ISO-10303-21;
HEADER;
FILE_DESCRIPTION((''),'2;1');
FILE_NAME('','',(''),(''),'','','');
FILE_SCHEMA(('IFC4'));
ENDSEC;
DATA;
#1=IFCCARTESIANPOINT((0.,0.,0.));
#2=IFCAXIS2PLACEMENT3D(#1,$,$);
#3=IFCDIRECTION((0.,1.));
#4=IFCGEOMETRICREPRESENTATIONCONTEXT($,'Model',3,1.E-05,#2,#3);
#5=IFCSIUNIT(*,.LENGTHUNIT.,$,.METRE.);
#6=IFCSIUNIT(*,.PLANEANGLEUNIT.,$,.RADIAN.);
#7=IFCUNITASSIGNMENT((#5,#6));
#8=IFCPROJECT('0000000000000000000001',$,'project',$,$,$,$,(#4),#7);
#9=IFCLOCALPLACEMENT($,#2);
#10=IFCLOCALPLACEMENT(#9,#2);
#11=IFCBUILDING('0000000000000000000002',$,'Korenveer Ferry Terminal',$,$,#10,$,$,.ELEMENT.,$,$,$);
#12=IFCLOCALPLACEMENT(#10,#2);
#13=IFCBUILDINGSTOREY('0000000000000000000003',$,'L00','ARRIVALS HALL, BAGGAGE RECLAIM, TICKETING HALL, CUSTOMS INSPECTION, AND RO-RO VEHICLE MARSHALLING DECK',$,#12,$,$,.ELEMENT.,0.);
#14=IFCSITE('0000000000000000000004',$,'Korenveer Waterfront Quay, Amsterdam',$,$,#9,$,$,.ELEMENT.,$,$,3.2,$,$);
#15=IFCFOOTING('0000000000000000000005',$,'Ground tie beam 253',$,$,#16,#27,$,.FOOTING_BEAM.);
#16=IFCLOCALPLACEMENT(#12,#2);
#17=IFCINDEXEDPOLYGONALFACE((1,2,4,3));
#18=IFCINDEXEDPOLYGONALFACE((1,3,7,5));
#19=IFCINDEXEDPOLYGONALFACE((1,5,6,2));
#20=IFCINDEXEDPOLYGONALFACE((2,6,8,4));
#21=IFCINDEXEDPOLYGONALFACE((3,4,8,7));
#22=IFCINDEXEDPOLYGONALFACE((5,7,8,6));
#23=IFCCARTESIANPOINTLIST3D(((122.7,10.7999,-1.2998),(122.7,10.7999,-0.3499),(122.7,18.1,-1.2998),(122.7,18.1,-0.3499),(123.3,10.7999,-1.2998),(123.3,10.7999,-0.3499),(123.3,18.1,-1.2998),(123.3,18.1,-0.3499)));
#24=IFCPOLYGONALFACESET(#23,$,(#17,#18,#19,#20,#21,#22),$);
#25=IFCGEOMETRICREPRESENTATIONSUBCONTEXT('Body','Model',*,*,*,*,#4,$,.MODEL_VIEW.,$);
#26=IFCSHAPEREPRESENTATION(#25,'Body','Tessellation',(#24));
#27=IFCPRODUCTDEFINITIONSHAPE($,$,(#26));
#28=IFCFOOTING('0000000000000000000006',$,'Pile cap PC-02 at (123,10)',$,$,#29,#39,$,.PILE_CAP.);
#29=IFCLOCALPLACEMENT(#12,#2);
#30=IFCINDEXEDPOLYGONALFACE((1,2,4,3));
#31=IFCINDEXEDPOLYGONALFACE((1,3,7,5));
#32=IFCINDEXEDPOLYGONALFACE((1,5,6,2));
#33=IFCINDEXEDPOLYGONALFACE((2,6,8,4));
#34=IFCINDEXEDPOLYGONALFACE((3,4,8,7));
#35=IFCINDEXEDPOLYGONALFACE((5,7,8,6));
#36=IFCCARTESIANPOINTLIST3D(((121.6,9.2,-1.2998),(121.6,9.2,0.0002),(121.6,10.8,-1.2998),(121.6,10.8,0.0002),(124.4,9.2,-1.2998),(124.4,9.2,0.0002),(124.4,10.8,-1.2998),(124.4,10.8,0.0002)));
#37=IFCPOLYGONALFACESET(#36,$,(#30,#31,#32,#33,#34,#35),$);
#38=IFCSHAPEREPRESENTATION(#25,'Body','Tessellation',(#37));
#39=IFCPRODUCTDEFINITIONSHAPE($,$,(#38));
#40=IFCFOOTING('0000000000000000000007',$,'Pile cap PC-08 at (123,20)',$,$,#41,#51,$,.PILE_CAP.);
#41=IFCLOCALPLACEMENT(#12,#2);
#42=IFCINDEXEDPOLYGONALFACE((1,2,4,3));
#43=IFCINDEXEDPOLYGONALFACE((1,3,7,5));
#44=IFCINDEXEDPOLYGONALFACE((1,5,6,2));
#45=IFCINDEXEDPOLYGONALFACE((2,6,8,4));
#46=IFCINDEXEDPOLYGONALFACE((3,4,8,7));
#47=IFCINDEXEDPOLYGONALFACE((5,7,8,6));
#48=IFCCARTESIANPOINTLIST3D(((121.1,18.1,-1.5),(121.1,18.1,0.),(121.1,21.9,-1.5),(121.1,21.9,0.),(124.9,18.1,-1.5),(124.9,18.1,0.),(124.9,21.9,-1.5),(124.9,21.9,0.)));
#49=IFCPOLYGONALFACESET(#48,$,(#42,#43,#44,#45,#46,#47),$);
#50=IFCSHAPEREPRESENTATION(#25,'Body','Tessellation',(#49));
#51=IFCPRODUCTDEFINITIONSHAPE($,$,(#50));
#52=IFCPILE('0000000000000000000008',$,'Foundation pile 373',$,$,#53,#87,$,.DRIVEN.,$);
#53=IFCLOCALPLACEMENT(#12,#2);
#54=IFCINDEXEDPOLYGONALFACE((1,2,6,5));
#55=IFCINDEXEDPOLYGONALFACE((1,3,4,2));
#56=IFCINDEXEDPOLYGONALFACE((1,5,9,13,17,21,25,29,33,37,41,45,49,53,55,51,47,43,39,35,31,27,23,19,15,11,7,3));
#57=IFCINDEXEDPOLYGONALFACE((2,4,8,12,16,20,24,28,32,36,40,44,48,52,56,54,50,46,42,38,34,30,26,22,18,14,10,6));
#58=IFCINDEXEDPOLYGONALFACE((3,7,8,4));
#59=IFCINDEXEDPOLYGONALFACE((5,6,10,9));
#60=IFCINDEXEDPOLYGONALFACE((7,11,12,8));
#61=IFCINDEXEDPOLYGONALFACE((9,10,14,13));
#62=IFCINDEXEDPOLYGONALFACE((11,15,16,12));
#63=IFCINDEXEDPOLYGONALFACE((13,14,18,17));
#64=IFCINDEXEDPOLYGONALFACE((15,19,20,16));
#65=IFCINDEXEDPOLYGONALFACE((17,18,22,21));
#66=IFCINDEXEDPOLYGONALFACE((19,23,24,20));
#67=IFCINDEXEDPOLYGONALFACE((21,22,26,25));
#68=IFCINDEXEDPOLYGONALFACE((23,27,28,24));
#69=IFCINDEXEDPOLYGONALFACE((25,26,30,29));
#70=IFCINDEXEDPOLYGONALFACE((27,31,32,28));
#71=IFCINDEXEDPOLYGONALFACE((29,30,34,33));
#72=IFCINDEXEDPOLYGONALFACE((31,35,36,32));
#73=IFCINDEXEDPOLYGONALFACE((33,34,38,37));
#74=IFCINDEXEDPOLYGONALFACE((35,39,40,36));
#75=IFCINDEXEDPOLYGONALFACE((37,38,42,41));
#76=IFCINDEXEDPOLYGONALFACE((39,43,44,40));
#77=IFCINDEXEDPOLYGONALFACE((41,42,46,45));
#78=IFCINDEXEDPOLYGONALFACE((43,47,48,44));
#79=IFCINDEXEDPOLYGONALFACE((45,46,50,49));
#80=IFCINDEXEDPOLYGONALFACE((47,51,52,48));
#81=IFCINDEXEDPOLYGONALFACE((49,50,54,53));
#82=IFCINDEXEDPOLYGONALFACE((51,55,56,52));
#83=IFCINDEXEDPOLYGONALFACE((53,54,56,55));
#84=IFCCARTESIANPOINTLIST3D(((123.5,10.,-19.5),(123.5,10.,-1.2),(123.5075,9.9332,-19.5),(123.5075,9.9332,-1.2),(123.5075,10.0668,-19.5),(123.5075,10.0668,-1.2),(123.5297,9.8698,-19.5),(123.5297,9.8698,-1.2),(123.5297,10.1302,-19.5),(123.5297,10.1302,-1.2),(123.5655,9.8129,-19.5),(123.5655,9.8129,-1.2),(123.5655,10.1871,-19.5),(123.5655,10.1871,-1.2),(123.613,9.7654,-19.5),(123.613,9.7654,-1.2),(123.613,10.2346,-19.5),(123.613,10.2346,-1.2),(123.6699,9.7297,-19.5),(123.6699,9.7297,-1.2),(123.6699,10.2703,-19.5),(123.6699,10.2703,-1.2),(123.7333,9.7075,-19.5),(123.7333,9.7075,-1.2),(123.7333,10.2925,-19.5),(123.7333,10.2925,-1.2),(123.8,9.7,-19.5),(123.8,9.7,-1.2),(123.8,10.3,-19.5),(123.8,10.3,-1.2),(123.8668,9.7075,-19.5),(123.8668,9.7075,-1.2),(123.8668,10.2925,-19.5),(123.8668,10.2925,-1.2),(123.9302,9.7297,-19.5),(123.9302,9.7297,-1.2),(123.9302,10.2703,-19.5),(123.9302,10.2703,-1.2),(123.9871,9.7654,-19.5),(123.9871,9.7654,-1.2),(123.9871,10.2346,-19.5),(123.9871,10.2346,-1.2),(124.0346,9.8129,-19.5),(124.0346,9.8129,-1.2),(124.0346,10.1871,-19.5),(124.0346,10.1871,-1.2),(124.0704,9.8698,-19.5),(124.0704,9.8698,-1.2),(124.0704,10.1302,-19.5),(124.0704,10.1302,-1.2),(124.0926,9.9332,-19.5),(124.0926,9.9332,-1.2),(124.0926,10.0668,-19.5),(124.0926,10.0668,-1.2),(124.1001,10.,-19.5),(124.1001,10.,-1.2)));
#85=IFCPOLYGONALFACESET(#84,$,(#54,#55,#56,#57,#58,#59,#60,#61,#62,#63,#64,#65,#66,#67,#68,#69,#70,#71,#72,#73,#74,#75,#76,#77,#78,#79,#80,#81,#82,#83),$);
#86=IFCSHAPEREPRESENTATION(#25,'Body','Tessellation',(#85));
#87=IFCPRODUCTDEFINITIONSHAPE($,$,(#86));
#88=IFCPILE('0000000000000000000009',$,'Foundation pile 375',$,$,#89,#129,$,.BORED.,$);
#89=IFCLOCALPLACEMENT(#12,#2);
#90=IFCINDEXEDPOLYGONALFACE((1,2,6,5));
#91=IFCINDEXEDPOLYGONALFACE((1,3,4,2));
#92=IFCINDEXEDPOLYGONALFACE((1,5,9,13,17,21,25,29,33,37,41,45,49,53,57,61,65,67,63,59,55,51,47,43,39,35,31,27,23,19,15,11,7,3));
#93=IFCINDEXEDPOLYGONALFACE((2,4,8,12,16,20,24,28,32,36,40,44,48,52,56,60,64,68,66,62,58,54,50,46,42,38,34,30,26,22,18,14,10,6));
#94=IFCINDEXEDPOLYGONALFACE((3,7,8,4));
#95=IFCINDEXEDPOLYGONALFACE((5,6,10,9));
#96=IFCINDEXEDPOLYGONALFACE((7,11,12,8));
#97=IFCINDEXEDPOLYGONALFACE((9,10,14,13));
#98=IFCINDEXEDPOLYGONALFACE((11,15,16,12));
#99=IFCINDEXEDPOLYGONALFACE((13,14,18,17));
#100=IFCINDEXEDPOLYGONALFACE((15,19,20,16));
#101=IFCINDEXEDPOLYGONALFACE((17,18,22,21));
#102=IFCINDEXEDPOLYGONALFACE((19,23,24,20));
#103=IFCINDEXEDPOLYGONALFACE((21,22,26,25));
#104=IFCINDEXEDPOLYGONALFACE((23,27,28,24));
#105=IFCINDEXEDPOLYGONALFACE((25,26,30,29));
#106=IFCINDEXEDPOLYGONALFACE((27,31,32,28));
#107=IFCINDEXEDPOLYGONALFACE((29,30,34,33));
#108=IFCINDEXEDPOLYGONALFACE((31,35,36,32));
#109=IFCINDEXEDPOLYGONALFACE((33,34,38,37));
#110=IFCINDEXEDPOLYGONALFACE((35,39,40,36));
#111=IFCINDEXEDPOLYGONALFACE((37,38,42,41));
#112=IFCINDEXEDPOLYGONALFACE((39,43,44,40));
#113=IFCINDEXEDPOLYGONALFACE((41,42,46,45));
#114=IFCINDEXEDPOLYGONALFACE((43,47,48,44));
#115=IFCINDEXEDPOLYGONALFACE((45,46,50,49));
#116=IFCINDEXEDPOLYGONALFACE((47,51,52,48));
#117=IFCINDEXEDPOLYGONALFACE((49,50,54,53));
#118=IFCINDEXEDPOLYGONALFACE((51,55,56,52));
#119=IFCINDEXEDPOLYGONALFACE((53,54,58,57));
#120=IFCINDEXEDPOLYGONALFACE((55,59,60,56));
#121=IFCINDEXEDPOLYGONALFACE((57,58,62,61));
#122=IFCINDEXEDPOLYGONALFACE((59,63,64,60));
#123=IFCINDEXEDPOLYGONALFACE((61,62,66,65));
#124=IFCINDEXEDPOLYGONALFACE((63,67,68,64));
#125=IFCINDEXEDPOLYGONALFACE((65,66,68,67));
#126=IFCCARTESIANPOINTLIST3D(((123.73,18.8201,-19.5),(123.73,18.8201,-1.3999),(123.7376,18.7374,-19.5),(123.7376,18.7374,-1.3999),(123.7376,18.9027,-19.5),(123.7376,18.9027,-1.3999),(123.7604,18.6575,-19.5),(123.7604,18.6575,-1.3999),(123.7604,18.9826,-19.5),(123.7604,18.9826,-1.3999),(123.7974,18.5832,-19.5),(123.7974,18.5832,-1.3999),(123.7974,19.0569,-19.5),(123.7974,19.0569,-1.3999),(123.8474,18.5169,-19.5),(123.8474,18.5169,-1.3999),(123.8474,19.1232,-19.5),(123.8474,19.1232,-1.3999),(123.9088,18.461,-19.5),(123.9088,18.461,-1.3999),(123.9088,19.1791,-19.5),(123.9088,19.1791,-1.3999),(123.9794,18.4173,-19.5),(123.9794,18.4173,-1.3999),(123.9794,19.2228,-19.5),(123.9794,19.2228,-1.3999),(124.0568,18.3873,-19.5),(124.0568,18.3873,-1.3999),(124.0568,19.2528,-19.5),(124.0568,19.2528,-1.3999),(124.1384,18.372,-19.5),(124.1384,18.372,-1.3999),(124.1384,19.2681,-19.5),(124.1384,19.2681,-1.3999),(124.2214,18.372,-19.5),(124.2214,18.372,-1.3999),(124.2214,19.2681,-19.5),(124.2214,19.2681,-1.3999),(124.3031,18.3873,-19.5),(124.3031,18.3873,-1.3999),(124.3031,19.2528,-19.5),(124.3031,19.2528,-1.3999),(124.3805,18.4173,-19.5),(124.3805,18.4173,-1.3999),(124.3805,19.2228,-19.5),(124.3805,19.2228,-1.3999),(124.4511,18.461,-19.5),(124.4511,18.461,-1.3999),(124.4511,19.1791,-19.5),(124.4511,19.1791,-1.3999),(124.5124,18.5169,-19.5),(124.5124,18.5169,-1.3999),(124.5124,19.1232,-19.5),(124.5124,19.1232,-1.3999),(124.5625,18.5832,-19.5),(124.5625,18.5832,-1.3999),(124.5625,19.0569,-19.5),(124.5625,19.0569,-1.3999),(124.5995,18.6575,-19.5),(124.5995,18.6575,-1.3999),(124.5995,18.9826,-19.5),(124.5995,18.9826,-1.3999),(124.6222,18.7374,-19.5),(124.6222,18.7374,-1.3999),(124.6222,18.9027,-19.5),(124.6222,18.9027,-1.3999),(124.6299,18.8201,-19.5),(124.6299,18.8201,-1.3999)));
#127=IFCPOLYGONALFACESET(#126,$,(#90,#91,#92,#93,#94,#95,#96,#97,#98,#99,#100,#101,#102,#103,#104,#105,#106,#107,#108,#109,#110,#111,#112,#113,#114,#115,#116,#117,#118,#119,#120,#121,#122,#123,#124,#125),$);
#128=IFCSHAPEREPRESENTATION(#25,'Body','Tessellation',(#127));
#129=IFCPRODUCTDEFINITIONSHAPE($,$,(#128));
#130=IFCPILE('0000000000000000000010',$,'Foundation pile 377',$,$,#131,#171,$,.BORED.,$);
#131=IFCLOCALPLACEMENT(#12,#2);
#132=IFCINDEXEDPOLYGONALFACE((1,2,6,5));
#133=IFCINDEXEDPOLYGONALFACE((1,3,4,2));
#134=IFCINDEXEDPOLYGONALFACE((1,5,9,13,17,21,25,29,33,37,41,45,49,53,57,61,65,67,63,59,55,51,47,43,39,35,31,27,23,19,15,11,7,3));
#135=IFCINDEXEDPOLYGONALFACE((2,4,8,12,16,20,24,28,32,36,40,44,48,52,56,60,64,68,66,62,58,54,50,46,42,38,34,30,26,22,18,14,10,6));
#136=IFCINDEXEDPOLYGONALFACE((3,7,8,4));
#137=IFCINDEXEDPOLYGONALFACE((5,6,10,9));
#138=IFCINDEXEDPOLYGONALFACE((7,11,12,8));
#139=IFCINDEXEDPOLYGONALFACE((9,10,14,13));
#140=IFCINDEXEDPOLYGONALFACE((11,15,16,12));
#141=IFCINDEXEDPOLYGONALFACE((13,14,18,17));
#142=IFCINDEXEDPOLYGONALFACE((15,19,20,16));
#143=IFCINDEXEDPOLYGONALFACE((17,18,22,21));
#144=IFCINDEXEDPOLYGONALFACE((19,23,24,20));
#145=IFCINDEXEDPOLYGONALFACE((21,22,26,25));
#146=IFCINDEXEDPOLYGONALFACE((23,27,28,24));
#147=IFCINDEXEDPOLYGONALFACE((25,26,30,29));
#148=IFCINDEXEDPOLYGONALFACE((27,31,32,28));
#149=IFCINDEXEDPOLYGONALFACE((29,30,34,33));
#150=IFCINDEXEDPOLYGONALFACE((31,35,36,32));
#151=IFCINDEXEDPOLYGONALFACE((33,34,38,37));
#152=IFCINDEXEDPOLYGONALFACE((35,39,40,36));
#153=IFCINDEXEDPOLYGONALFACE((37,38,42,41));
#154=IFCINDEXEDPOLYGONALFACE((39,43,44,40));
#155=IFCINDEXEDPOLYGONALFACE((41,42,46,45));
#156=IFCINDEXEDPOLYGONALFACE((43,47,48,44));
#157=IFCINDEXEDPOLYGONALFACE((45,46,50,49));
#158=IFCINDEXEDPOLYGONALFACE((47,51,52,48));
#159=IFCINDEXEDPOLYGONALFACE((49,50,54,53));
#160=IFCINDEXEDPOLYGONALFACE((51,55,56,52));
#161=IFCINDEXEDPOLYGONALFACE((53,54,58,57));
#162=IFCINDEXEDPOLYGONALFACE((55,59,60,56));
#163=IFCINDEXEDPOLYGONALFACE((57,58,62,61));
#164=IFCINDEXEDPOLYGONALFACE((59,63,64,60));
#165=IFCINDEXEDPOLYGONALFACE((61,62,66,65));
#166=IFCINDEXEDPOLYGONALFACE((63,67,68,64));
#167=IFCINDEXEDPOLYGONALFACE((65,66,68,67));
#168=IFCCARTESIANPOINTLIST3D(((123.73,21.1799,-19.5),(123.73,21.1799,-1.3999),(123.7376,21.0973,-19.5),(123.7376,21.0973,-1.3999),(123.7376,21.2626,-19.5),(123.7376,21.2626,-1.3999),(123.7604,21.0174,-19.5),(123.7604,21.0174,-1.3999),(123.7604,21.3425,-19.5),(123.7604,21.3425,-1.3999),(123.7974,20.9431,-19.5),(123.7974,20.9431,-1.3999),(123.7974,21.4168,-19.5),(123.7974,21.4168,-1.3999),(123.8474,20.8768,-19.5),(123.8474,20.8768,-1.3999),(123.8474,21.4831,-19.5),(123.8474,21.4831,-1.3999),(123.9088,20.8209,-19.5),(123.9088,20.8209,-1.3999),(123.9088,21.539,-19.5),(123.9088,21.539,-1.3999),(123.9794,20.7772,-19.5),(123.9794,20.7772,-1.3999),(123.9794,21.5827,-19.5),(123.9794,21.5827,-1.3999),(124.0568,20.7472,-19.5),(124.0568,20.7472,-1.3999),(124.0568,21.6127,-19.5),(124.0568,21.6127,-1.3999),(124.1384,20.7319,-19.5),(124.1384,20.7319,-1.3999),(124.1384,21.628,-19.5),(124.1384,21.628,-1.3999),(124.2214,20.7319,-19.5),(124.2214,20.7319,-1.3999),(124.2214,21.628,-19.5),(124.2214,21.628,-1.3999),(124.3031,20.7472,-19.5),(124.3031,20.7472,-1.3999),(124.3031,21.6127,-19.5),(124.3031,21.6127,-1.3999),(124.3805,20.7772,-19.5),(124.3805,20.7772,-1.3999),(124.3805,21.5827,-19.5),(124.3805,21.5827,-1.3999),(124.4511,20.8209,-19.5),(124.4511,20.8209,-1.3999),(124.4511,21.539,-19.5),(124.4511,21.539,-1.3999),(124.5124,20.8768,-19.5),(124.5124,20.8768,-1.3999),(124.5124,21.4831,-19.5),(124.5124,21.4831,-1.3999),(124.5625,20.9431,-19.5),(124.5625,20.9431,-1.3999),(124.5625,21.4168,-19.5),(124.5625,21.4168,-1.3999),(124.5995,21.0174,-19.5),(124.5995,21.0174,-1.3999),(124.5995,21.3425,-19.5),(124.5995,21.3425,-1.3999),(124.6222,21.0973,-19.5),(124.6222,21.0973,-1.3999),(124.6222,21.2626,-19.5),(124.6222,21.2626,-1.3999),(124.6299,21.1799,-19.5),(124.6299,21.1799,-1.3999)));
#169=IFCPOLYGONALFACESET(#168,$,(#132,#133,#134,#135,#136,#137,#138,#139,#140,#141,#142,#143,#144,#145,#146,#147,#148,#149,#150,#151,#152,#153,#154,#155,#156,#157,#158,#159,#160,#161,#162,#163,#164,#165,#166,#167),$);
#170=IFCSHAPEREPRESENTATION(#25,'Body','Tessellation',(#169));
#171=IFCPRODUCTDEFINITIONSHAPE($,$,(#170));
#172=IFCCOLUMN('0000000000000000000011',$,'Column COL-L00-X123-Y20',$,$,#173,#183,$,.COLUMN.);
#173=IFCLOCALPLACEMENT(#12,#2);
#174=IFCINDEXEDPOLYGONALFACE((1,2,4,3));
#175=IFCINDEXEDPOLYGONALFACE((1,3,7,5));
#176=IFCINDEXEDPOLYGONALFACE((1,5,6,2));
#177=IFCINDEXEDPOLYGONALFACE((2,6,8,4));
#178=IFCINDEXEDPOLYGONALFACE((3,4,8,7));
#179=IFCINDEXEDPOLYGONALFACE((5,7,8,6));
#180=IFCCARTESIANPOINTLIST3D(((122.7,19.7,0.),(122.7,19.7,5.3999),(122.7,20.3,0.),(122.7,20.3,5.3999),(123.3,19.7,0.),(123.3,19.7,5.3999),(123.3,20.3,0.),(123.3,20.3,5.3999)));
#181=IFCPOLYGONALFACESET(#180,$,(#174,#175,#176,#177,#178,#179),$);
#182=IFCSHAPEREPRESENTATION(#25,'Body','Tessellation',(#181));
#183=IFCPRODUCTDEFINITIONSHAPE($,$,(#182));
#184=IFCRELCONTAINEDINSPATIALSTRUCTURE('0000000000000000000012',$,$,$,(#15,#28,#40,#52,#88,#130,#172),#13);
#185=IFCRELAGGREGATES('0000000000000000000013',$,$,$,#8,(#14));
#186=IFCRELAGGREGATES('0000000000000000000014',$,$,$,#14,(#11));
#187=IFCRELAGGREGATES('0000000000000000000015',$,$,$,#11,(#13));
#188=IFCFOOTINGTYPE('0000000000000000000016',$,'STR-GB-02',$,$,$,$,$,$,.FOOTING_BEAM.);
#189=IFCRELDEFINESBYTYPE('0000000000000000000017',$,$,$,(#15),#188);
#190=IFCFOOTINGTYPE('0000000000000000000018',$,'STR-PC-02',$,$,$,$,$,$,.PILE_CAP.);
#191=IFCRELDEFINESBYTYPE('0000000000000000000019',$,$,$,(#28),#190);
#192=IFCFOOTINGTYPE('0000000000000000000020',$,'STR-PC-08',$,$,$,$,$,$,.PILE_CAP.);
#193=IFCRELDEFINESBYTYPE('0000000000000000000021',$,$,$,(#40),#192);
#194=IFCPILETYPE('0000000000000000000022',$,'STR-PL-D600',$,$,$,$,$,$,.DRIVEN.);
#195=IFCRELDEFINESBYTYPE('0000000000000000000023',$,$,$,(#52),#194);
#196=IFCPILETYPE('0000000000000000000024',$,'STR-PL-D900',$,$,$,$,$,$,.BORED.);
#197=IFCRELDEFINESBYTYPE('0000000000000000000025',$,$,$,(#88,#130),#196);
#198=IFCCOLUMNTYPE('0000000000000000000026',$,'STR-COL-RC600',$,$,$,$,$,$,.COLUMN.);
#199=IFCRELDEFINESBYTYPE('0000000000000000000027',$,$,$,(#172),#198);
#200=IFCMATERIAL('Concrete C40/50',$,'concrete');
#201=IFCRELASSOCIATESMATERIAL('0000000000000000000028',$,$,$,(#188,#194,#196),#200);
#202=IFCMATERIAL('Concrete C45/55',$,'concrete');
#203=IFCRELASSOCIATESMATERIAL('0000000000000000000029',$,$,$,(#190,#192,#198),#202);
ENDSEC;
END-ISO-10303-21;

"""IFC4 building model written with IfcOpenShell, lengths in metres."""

from ifc_helpers import new_model, si_unit, direction, frame, origin, origin_2d, place, context, subcontext, project, spatial, rectangle, circle, extrude, material, material_profile, profile_set, type_object, element, save


model = new_model("IFC4")

# Units and contexts
model_context = context("Model", 3, precision=1e-05, world=origin(), true_north=direction((0.0, 1.0)))
body_context = subcontext(model_context, "Body", "Model", "MODEL_VIEW")
ifc_project = project(units=[si_unit("LENGTHUNIT", "METRE"), si_unit("PLANEANGLEUNIT", "RADIAN")], contexts=[model_context])

# Site, building, storey
site_placement = place(None, origin())
site = spatial("IfcSite", under=ifc_project, at=site_placement, Name="Korenveer Waterfront Quay, Amsterdam", CompositionType="ELEMENT", RefElevation=3.2)
building_placement = place(site_placement, origin())
building = spatial("IfcBuilding", under=site, at=building_placement, Name="Korenveer Ferry Terminal", CompositionType="ELEMENT")
storey_placement = place(building_placement, origin())
storey = spatial("IfcBuildingStorey", under=building, at=storey_placement, Name="L00", Description="ARRIVALS HALL, BAGGAGE RECLAIM, TICKETING HALL, CUSTOMS INSPECTION, AND RO-RO VEHICLE MARSHALLING DECK", CompositionType="ELEMENT", Elevation=0.0)

# Footings
ifc_material_1 = material(Name="Concrete C40/50", Category="concrete")
footing_type_1 = type_object("IfcFootingType", Name="STR-GB-02", PredefinedType="FOOTING_BEAM", material=ifc_material_1)
footing_1_placement = place(storey_placement, frame((123.0, 14.45, -1.2998), z_axis=(0.0, 0.0, 1.0), x_axis=(1.0, 0.0, 0.0)))
element("IfcFooting", 1, at=footing_1_placement, inside=storey, type_object=footing_type_1, Name="Ground tie beam 253", PredefinedType="FOOTING_BEAM", context=body_context, shape_type="SweptSolid", body=[
    extrude(rectangle(XDim=0.6001, YDim=7.3, at=origin_2d()), origin(), (0.0, 0.0, 1.0), 0.95),
])
ifc_material_2 = material(Name="Concrete C45/55", Category="concrete")
footing_type_2 = type_object("IfcFootingType", Name="STR-PC-02", PredefinedType="PILE_CAP", material=ifc_material_2)
footing_2_placement = place(storey_placement, frame((123.0, 10.0, -1.2998), z_axis=(0.0, 0.0, 1.0), x_axis=(1.0, 0.0, 0.0)))
element("IfcFooting", 2, at=footing_2_placement, inside=storey, type_object=footing_type_2, Name="Pile cap PC-02 at (123,10)", PredefinedType="PILE_CAP", context=body_context, shape_type="SweptSolid", body=[
    extrude(rectangle(XDim=2.8, YDim=1.6001, at=origin_2d()), origin(), (0.0, 0.0, 1.0), 1.3),
])
footing_type_3 = type_object("IfcFootingType", Name="STR-PC-08", PredefinedType="PILE_CAP", material=ifc_material_2)
footing_3_placement = place(storey_placement, frame((123.0, 20.0, -1.5), z_axis=(0.0, 0.0, 1.0), x_axis=(1.0, 0.0, 0.0)))
element("IfcFooting", 3, at=footing_3_placement, inside=storey, type_object=footing_type_3, Name="Pile cap PC-08 at (123,20)", PredefinedType="PILE_CAP", context=body_context, shape_type="SweptSolid", body=[
    extrude(rectangle(XDim=3.8, YDim=3.8, at=origin_2d()), origin(), (0.0, 0.0, 1.0), 1.5),
])

# Piles
ifc_material_profile_1 = material_profile(ifc_material_1, circle(Radius=0.3, at=origin_2d()), Name="PILE D600")
ifc_profile_set_1 = profile_set([ifc_material_profile_1], Name="Concrete C40/50")
pile_type_1 = type_object("IfcPileType", Name="STR-PL-D600", PredefinedType="DRIVEN", material=ifc_profile_set_1)
pile_placement = place(storey_placement, frame((123.8, 10.0, -1.2), z_axis=(0.0, 0.0, -1.0), x_axis=(1.0, 0.0, 0.0)))
element("IfcPile", 4, at=pile_placement, inside=storey, type_object=pile_type_1, Name="Foundation pile 373", PredefinedType="DRIVEN", context=body_context, shape_type="SweptSolid", body=[
    extrude(circle(Radius=0.3, at=origin_2d()), origin(), (0.0, 0.0, 1.0), 18.3),
])
ifc_material_profile_2 = material_profile(ifc_material_1, circle(Radius=0.45, at=origin_2d()), Name="PILE D900")
ifc_profile_set_2 = profile_set([ifc_material_profile_2], Name="Concrete C40/50")
pile_type_2 = type_object("IfcPileType", Name="STR-PL-D900", PredefinedType="BORED", material=ifc_profile_set_2)
for number, where, z_axis, x_axis, name in (
    (5, (124.1799, 18.8201, -1.3999), (0.0, 0.0, -1.0), (1.0, 0.0, 0.0), "Foundation pile 375"),
    (6, (124.1799, 21.1799, -1.3999), (0.0, 0.0, -1.0), (1.0, 0.0, 0.0), "Foundation pile 377"),
):
    element("IfcPile", number, at=place(storey_placement, frame(where, z_axis=z_axis, x_axis=x_axis)), inside=storey, type_object=pile_type_2, Name=name, PredefinedType="BORED", context=body_context, shape_type="SweptSolid", body=[
        extrude(circle(Radius=0.45, at=origin_2d()), origin(), (0.0, 0.0, 1.0), 18.1001),
    ])

# Column
ifc_material_profile_3 = material_profile(ifc_material_2, rectangle(XDim=0.6001, YDim=0.6001, at=origin_2d()), Name="RC 600x600")
ifc_profile_set_3 = profile_set([ifc_material_profile_3], Name="Concrete C45/55")
column_type_1 = type_object("IfcColumnType", Name="STR-COL-RC600", PredefinedType="COLUMN", material=ifc_profile_set_3)
column_1_placement = place(storey_placement, frame((123.0, 20.0, 0.0), z_axis=(0.0, 0.0, 1.0), x_axis=(1.0, 0.0, 0.0)))
element("IfcColumn", 7, at=column_1_placement, inside=storey, type_object=column_type_1, Name="Column COL-L00-X123-Y20", PredefinedType="COLUMN", context=body_context, shape_type="SweptSolid", body=[
    extrude(rectangle(XDim=0.6001, YDim=0.6001, at=origin_2d()), origin(), (0.0, 0.0, 1.0), 5.3999),
])

save(model, "model.ifc")
